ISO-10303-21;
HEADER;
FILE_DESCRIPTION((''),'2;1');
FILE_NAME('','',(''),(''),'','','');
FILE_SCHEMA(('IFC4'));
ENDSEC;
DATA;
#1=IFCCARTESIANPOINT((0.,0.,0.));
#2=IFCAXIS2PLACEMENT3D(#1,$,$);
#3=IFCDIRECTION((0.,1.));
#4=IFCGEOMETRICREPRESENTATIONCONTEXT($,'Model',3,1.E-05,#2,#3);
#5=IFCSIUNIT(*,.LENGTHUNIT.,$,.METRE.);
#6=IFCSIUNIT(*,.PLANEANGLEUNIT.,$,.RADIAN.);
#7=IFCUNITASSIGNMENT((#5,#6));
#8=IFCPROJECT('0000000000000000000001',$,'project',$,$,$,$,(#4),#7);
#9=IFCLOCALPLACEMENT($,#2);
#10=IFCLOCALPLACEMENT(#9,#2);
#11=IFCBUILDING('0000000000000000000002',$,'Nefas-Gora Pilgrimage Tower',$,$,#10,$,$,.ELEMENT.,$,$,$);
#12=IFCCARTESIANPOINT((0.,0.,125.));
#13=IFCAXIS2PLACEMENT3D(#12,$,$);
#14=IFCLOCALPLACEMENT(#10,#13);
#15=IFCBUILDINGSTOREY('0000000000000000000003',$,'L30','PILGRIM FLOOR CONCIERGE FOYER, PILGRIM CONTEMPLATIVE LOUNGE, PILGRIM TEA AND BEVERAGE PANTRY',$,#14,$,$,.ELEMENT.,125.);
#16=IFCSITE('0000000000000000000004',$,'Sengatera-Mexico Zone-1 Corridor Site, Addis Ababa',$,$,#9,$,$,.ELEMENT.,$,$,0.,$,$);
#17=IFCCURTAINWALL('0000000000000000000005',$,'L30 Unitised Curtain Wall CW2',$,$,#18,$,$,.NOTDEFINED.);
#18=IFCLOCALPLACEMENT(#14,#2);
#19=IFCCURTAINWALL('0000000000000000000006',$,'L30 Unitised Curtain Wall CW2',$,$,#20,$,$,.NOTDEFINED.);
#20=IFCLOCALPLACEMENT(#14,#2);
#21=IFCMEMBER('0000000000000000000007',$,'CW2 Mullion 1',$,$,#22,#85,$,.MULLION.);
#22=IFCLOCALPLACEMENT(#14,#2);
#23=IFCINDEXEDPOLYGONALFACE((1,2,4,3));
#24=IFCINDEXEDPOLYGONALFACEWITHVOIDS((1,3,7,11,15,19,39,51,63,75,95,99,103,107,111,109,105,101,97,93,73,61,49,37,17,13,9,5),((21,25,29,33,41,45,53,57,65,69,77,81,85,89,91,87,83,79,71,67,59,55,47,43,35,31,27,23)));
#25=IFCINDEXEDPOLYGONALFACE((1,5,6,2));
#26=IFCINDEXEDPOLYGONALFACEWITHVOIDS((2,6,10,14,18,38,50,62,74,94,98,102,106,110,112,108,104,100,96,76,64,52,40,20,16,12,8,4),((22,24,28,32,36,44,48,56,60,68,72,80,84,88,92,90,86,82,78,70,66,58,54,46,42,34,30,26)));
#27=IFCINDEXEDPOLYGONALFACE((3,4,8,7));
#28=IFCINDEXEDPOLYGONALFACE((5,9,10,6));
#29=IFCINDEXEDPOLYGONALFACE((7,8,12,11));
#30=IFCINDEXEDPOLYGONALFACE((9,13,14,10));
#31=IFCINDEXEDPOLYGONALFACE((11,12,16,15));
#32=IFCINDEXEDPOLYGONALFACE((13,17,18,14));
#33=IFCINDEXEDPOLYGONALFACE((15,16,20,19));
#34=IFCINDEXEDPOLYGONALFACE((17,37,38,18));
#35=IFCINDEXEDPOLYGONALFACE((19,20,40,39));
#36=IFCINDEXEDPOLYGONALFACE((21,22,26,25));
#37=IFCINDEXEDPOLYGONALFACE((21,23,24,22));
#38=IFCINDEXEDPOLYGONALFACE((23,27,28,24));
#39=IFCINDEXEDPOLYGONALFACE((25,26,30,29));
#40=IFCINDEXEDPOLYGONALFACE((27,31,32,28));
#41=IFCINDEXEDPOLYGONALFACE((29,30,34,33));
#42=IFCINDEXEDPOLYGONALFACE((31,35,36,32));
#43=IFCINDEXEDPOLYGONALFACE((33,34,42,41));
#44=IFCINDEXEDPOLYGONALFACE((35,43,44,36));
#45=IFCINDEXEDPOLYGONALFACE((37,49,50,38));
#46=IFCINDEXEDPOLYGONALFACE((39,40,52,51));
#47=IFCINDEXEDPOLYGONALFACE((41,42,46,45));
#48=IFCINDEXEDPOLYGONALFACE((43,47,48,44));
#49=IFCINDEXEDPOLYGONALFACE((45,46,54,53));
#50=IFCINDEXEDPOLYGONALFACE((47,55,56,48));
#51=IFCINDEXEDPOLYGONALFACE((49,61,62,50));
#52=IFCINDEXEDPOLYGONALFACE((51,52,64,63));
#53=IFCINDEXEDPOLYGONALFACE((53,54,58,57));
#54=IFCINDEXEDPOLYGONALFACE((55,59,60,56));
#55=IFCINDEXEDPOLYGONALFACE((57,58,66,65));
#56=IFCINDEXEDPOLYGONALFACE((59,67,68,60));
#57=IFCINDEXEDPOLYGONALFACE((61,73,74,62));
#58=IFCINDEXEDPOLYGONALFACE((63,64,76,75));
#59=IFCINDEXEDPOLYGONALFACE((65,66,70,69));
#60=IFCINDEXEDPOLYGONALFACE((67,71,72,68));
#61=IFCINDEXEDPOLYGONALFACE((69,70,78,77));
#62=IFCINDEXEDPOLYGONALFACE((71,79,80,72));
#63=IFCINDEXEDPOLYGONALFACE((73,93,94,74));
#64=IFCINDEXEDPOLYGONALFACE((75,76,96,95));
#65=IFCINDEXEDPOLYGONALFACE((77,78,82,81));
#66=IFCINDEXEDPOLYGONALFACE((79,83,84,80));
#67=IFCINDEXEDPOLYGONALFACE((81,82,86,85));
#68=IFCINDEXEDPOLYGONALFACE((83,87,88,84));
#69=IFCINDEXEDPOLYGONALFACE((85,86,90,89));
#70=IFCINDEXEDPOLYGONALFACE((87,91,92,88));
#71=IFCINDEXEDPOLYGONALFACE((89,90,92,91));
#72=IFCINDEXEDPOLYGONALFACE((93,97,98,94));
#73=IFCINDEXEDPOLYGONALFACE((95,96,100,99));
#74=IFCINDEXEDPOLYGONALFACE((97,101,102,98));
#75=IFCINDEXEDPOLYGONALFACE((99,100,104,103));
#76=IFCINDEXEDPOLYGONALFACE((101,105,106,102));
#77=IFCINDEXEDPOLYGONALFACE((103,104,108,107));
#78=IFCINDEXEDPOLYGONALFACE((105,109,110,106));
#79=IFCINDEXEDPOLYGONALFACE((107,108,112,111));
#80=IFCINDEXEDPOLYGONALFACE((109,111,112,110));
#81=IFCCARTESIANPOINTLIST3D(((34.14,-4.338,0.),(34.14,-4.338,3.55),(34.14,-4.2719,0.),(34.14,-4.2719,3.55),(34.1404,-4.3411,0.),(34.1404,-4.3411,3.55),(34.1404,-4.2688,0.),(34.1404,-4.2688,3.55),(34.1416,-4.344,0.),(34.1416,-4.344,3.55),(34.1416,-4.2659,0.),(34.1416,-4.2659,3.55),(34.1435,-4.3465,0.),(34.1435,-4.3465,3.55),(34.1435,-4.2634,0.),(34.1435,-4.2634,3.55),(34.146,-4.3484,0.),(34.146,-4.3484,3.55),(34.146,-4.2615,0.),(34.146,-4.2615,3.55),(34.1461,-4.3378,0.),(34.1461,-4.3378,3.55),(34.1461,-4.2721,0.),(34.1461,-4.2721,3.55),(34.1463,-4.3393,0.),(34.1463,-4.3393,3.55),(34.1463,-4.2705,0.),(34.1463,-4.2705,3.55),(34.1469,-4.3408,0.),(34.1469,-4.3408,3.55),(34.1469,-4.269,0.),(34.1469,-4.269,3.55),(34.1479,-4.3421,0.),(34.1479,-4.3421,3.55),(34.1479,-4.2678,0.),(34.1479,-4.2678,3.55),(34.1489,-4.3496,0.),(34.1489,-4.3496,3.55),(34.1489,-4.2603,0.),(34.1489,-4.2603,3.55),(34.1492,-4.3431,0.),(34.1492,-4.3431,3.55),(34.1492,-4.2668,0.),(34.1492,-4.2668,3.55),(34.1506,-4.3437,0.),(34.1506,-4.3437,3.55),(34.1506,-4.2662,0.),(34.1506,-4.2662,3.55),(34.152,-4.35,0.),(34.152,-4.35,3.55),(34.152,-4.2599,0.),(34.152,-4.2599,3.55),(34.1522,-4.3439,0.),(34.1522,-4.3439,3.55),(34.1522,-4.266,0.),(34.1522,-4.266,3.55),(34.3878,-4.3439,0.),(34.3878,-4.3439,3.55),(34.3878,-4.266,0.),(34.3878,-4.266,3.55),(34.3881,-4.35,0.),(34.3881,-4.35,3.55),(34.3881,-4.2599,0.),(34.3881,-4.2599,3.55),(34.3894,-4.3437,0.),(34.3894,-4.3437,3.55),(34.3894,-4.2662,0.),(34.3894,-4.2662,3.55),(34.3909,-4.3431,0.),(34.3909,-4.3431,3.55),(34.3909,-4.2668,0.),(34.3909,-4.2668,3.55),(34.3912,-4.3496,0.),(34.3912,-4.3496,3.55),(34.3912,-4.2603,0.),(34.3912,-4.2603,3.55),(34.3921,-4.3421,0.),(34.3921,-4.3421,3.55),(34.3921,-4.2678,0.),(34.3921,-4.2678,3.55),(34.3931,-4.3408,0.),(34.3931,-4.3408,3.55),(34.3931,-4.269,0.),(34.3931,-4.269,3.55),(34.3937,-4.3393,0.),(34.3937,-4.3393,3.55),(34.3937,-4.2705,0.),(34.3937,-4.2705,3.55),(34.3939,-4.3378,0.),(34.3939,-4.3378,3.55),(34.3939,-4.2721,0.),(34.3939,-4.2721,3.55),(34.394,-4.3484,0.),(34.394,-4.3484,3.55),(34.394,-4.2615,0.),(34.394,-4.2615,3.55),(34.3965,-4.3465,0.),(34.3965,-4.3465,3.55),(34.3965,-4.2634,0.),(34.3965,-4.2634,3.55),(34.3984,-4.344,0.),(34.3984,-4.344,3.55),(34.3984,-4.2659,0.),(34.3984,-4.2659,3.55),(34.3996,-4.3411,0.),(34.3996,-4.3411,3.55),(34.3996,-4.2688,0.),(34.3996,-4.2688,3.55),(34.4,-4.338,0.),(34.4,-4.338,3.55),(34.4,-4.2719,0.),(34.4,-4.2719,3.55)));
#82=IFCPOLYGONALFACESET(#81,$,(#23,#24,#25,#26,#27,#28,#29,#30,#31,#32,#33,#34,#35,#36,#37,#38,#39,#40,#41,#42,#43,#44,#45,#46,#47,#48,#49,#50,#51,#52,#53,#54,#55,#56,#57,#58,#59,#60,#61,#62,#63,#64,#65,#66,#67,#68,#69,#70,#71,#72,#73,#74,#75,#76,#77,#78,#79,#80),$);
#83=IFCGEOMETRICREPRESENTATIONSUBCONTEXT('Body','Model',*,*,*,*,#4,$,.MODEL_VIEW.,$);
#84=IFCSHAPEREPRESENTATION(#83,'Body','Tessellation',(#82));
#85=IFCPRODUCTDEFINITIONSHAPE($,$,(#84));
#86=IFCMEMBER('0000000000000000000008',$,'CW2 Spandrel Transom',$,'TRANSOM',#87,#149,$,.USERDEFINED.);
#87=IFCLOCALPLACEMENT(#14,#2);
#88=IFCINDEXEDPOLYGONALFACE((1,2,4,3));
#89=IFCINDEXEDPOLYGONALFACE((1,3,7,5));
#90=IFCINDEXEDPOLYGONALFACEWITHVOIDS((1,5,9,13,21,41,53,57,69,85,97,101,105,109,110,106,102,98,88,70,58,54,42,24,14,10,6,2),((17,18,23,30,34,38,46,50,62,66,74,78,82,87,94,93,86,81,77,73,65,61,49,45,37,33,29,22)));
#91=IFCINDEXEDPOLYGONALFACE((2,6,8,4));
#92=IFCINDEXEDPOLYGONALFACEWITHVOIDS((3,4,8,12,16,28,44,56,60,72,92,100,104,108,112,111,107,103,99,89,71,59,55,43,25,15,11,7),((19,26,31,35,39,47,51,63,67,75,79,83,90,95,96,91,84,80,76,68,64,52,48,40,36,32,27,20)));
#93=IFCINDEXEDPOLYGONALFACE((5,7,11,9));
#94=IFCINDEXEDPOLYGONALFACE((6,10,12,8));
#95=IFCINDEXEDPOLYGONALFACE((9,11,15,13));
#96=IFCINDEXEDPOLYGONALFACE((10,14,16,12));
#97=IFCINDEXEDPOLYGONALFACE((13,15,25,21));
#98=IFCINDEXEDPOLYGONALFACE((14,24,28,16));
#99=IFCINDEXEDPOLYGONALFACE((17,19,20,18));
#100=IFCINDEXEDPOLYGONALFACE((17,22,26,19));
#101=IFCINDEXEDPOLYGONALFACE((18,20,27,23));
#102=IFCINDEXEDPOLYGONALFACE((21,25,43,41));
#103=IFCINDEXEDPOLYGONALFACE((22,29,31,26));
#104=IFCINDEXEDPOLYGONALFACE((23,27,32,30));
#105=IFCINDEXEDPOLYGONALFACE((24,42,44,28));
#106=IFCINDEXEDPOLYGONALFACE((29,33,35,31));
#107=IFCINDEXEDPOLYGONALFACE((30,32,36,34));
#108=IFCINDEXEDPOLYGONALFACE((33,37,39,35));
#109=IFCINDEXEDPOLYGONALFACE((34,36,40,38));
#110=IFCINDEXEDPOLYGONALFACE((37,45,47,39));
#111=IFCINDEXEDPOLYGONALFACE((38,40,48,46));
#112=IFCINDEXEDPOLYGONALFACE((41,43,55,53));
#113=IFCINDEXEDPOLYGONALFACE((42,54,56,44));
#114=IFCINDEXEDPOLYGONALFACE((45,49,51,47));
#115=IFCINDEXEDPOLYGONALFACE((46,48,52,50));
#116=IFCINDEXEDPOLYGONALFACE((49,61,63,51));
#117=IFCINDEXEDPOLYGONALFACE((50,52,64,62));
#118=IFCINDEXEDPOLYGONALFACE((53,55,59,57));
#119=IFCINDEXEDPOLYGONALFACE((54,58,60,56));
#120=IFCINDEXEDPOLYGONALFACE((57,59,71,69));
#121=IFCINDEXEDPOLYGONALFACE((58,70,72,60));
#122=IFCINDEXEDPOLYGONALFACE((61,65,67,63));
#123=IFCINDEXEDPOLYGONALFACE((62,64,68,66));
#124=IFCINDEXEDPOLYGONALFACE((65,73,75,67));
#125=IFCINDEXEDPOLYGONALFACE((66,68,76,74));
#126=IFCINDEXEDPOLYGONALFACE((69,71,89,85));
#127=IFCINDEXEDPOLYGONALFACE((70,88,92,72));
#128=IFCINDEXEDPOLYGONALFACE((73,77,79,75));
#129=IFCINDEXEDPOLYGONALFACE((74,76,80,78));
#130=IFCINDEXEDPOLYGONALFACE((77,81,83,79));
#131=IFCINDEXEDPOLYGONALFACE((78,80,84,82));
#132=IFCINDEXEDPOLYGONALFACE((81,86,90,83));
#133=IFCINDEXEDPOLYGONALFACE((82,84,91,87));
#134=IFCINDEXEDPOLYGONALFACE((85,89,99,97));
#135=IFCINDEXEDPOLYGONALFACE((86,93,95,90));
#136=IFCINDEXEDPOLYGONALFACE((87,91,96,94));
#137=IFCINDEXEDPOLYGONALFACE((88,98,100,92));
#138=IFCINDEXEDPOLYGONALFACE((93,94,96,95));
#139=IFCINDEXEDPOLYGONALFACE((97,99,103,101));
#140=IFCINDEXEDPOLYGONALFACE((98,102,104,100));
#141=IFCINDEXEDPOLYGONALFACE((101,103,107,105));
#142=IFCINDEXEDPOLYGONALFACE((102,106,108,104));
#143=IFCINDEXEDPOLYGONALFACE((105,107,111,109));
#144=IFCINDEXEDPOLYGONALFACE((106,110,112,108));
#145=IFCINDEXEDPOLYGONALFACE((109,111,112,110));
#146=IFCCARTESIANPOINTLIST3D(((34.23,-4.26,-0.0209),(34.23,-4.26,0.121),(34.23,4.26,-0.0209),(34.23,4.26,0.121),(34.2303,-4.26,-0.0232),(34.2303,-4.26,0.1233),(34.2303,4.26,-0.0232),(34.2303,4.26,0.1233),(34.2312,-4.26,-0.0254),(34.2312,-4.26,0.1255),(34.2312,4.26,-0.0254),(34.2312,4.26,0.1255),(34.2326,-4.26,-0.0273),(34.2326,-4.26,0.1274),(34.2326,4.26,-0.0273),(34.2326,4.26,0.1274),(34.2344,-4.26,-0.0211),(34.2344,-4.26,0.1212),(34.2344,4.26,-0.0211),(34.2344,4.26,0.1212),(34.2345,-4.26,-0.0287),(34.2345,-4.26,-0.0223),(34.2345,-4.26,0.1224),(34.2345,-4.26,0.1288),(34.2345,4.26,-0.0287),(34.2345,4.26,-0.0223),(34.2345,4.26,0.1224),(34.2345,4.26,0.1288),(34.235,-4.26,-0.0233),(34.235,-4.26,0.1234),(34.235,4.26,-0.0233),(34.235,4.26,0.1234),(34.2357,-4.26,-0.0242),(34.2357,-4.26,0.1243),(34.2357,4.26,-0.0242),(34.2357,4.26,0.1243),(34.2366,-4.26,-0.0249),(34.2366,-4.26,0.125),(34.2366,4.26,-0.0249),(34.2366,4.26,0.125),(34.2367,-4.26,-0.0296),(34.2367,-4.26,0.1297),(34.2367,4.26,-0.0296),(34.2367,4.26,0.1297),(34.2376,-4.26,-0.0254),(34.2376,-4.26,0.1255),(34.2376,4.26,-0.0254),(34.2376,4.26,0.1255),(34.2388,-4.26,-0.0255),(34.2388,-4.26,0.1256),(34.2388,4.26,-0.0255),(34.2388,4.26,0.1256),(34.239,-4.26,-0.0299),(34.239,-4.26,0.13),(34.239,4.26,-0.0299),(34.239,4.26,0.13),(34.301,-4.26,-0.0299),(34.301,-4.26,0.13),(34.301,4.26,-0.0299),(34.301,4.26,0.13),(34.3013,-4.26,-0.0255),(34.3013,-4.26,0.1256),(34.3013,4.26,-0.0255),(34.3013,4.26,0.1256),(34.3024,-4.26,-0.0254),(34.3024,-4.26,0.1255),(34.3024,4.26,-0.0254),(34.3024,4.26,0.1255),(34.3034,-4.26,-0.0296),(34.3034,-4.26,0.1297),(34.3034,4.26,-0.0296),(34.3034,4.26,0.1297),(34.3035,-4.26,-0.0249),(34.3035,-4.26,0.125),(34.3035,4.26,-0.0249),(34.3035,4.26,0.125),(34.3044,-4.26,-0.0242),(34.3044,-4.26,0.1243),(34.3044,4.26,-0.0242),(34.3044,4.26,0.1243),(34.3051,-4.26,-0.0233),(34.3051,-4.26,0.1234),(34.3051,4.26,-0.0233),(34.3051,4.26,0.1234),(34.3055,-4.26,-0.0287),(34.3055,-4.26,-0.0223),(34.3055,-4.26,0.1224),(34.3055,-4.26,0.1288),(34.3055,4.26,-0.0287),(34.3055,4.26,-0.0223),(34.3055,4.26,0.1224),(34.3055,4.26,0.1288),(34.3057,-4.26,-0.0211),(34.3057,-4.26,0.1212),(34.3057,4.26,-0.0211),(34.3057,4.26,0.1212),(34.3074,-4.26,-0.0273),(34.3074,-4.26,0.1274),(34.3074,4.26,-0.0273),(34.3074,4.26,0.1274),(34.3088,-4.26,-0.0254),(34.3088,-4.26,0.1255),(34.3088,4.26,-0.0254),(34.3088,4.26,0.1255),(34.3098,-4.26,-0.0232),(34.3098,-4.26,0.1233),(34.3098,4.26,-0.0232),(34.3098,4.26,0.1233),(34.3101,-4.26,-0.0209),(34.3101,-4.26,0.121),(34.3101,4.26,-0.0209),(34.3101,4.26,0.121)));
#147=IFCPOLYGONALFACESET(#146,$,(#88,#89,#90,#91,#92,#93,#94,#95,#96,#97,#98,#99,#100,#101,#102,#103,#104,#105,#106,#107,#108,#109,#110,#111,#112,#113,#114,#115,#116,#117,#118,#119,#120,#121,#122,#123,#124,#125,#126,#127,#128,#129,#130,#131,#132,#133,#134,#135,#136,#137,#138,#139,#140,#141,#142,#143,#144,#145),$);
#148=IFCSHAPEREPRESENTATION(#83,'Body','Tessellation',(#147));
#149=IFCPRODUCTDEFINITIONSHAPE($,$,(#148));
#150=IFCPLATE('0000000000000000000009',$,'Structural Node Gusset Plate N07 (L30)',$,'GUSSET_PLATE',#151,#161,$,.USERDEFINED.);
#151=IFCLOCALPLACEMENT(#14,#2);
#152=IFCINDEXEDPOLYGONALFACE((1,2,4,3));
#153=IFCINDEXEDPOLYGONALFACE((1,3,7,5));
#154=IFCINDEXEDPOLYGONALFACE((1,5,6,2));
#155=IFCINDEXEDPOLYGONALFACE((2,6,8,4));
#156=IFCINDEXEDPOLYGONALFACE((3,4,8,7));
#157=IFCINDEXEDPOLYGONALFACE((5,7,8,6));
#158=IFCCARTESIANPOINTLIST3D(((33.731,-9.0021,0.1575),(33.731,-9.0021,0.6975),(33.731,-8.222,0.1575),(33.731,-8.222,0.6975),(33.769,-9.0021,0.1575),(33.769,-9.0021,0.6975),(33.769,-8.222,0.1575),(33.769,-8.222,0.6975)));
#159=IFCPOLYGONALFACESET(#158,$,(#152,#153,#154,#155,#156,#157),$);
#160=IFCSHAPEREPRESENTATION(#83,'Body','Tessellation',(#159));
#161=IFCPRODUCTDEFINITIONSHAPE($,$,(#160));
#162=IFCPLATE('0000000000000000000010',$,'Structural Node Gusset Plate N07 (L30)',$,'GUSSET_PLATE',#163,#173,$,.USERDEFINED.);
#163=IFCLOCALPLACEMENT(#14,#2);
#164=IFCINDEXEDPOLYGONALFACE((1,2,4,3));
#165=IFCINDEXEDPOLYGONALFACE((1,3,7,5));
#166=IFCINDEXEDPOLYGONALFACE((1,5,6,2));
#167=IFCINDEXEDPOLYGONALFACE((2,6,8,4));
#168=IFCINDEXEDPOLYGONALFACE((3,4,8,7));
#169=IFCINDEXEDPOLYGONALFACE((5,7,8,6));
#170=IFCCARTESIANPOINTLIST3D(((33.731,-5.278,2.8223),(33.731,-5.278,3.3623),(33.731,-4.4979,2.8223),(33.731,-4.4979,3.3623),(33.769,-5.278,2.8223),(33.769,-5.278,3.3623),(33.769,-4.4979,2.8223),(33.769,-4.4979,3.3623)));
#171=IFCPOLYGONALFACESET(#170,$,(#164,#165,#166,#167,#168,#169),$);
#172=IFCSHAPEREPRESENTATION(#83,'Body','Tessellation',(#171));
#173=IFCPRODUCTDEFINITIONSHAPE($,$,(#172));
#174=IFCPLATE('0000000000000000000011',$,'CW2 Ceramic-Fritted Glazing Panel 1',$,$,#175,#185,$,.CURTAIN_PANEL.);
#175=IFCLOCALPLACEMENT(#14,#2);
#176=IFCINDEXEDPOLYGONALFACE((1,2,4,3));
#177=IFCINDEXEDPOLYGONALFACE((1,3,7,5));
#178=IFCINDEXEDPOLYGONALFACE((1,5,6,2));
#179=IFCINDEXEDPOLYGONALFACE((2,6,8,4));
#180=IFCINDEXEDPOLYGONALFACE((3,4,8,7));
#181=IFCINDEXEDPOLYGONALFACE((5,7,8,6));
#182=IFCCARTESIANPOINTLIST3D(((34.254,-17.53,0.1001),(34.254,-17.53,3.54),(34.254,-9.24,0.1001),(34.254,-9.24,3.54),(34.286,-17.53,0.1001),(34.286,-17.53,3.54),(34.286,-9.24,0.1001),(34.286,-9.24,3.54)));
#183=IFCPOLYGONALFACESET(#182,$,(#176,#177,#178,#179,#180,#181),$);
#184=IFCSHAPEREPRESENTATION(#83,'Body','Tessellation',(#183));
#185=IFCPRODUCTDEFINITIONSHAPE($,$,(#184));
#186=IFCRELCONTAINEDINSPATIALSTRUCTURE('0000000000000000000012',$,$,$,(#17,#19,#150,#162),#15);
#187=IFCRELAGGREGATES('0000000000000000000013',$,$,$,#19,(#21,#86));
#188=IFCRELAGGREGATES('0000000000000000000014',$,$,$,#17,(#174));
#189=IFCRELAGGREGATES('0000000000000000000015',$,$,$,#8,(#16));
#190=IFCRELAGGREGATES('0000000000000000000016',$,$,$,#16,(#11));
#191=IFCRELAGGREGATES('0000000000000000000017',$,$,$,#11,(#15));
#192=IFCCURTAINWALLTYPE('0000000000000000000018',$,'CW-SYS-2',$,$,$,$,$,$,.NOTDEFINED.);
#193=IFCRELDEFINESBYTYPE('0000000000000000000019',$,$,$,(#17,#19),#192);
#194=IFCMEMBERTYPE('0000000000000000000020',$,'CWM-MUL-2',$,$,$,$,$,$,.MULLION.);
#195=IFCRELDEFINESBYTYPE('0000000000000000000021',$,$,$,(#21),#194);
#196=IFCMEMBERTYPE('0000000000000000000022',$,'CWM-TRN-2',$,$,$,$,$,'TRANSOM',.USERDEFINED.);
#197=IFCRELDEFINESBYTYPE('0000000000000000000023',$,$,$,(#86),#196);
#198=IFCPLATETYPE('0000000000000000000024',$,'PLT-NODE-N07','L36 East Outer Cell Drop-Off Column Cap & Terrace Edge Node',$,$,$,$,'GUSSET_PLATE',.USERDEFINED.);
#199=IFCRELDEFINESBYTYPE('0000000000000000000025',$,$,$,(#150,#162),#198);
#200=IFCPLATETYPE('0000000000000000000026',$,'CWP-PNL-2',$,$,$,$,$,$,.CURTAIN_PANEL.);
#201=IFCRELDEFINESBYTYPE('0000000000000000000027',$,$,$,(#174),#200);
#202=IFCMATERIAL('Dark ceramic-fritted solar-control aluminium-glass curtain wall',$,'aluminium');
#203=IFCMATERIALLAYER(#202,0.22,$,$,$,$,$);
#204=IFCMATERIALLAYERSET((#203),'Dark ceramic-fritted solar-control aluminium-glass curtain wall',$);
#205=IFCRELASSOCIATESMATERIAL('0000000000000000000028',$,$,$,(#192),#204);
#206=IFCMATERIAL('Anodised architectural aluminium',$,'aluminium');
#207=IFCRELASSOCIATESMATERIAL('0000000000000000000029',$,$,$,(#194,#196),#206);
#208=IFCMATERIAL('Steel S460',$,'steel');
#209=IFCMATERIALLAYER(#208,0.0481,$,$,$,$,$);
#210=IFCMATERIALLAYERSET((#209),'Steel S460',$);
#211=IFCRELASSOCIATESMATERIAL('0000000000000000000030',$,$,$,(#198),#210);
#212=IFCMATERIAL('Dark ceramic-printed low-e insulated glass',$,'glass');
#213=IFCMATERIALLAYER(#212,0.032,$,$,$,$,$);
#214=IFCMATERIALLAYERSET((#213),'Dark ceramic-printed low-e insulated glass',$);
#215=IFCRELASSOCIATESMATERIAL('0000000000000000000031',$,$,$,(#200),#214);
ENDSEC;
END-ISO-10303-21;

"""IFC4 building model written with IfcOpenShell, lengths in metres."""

from ifc_helpers import new_model, si_unit, direction, frame, origin, origin_2d, place, context, subcontext, project, spatial, rectangle, hollow_rectangle, extrude, source, transform, mapped, material, layer, layer_set, material_profile, profile_set, type_object, element, aggregate, save


model = new_model("IFC4")

# Units and contexts
model_context = context("Model", 3, precision=1e-05, world=origin(), true_north=direction((0.0, 1.0)))
body_context = subcontext(model_context, "Body", "Model", "MODEL_VIEW")
ifc_project = project(units=[si_unit("LENGTHUNIT", "METRE"), si_unit("PLANEANGLEUNIT", "RADIAN")], contexts=[model_context])

# Site, building, storey
site_placement = place(None, origin())
site = spatial("IfcSite", under=ifc_project, at=site_placement, Name="Sengatera-Mexico Zone-1 Corridor Site, Addis Ababa", CompositionType="ELEMENT", RefElevation=0.0)
building_placement = place(site_placement, origin())
building = spatial("IfcBuilding", under=site, at=building_placement, Name="Nefas-Gora Pilgrimage Tower", CompositionType="ELEMENT")
storey_placement = place(building_placement, frame((0.0, 0.0, 125.0)))
storey = spatial("IfcBuildingStorey", under=building, at=storey_placement, Name="L30", Description="PILGRIM FLOOR CONCIERGE FOYER, PILGRIM CONTEMPLATIVE LOUNGE, PILGRIM TEA AND BEVERAGE PANTRY", CompositionType="ELEMENT", Elevation=125.0)

# Shared definitions
ifc_material_1 = material(Name="Steel S460", Category="steel")

# Curtain wall
ifc_material_2 = material(Name="Dark ceramic-fritted solar-control aluminium-glass curtain wall", Category="aluminium")
ifc_layer_1 = layer(ifc_material_2, 0.22)
ifc_layer_set_1 = layer_set([ifc_layer_1], Name="Dark ceramic-fritted solar-control aluminium-glass curtain wall")
curtain_wall_type = type_object("IfcCurtainWallType", Name="CW-SYS-2", PredefinedType="NOTDEFINED", material=ifc_layer_set_1)
curtain_wall_1_placement = place(storey_placement, origin())
curtain_wall_1 = element("IfcCurtainWall", 1, at=curtain_wall_1_placement, inside=storey, type_object=curtain_wall_type, Name="L30 Unitised Curtain Wall CW2", PredefinedType="NOTDEFINED")
ifc_material_3 = material(Name="Anodised architectural aluminium", Category="aluminium")
ifc_material_profile_1 = material_profile(ifc_material_3, hollow_rectangle(XDim=0.0901, YDim=0.26, WallThickness=0.0061, InnerFilletRadius=0.0061, OuterFilletRadius=0.012, at=origin_2d()), Name="ALU MULLION 90x260")
ifc_profile_set_1 = profile_set([ifc_material_profile_1], Name="Anodised architectural aluminium")
member_type_1 = type_object("IfcMemberType", Name="CWM-MUL-2", PredefinedType="MULLION", material=ifc_profile_set_1)
shared_shape_1 = source(origin(), body_context, "Body", "SweptSolid", [
    extrude(hollow_rectangle(XDim=0.0901, YDim=0.26, WallThickness=0.0061, InnerFilletRadius=0.0061, OuterFilletRadius=0.012, at=origin_2d()), origin(), (0.0, 0.0, 1.0), 3.55),
])

# Curtain wall, members
curtain_wall_2_placement = place(storey_placement, origin())
curtain_wall_2 = element("IfcCurtainWall", 2, at=curtain_wall_2_placement, inside=storey, type_object=curtain_wall_type, Name="L30 Unitised Curtain Wall CW2", PredefinedType="NOTDEFINED")
member_1_placement = place(storey_placement, frame((34.27, -4.3049, 0.0), z_axis=(0.0, 0.0, 1.0), x_axis=(0.0, 1.0, 0.0)))
member_1 = element("IfcMember", 3, at=member_1_placement, type_object=member_type_1, Name="CW2 Mullion 1", PredefinedType="MULLION", context=body_context, shape_type="MappedRepresentation", body=[
    mapped(shared_shape_1, transform((0.0, 0.0, 0.0), x_axis=(1.0, 0.0, 0.0), y_axis=(0.0, 1.0, 0.0), z_axis=(0.0, 0.0, 1.0), scale=1.0)),
])
ifc_material_profile_2 = material_profile(ifc_material_3, hollow_rectangle(XDim=0.0801, YDim=0.1599, WallThickness=0.0044, InnerFilletRadius=0.0044, OuterFilletRadius=0.009, at=origin_2d()), Name="ALU TRANSOM 80x160")
ifc_profile_set_2 = profile_set([ifc_material_profile_2], Name="Anodised architectural aluminium")
member_type_2 = type_object("IfcMemberType", Name="CWM-TRN-2", ElementType="TRANSOM", PredefinedType="USERDEFINED", material=ifc_profile_set_2)
shared_shape_2 = source(origin(), body_context, "Body", "SweptSolid", [
    extrude(hollow_rectangle(XDim=0.0801, YDim=0.1599, WallThickness=0.0044, InnerFilletRadius=0.0044, OuterFilletRadius=0.009, at=origin_2d()), origin(), (0.0, 0.0, 1.0), 8.52),
])
member_2_placement = place(storey_placement, frame((34.27, -4.26, 0.05), z_axis=(0.0, 1.0, 0.0), x_axis=(-1.0, 0.0, 0.0)))
member_2 = element("IfcMember", 4, at=member_2_placement, type_object=member_type_2, Name="CW2 Spandrel Transom", ObjectType="TRANSOM", PredefinedType="USERDEFINED", context=body_context, shape_type="MappedRepresentation", body=[
    mapped(shared_shape_2, transform((0.0, 0.0, 0.0), x_axis=(1.0, 0.0, 0.0), y_axis=(0.0, 1.0, 0.0), z_axis=(0.0, 0.0, 1.0), scale=1.0)),
])
aggregate(curtain_wall_2, [member_1, member_2])

# Plates
ifc_layer_2 = layer(ifc_material_1, 0.0481)
ifc_layer_set_2 = layer_set([ifc_layer_2], Name="Steel S460")
plate_type_1 = type_object("IfcPlateType", Name="PLT-NODE-N07", Description="L36 East Outer Cell Drop-Off Column Cap & Terrace Edge Node", ElementType="GUSSET_PLATE", PredefinedType="USERDEFINED", material=ifc_layer_set_2)
shared_shape_3 = source(origin(), body_context, "Body", "SweptSolid", [
    extrude(rectangle(XDim=0.78, YDim=0.0381, at=origin_2d()), origin(), (0.0, 0.0, 1.0), 0.54),
])
for number, where, z_axis, x_axis, name in (
    (5, (33.75, -8.6121, 0.1575), (0.0, 0.0, 1.0), (0.0, 1.0, 0.0), "Structural Node Gusset Plate N07 (L30)"),
    (6, (33.75, -4.8879, 2.8223), (0.0, 0.0, 1.0), (0.0, 1.0, 0.0), "Structural Node Gusset Plate N07 (L30)"),
):
    element("IfcPlate", number, at=place(storey_placement, frame(where, z_axis=z_axis, x_axis=x_axis)), inside=storey, type_object=plate_type_1, Name=name, ObjectType="GUSSET_PLATE", PredefinedType="USERDEFINED", context=body_context, shape_type="MappedRepresentation", body=[
        mapped(shared_shape_3, transform((0.0, 0.0, 0.0), x_axis=(1.0, 0.0, 0.0), y_axis=(0.0, 1.0, 0.0), z_axis=(0.0, 0.0, 1.0), scale=1.0)),
    ])

# Plate
ifc_material_4 = material(Name="Dark ceramic-printed low-e insulated glass", Category="glass")
ifc_layer_3 = layer(ifc_material_4, 0.032)
ifc_layer_set_3 = layer_set([ifc_layer_3], Name="Dark ceramic-printed low-e insulated glass")
plate_type_2 = type_object("IfcPlateType", Name="CWP-PNL-2", PredefinedType="CURTAIN_PANEL", material=ifc_layer_set_3)
shared_shape_4 = source(origin(), body_context, "Body", "SweptSolid", [
    extrude(rectangle(XDim=8.29, YDim=0.032, at=origin_2d()), origin(), (0.0, 0.0, 1.0), 3.4399),
])
plate_placement = place(storey_placement, frame((34.27, -13.385, 0.1001), z_axis=(0.0, 0.0, 1.0), x_axis=(0.0, 1.0, 0.0)))
plate = element("IfcPlate", 7, at=plate_placement, type_object=plate_type_2, Name="CW2 Ceramic-Fritted Glazing Panel 1", PredefinedType="CURTAIN_PANEL", context=body_context, shape_type="MappedRepresentation", body=[
    mapped(shared_shape_4, transform((0.0, 0.0, 0.0), x_axis=(1.0, 0.0, 0.0), y_axis=(0.0, 1.0, 0.0), z_axis=(0.0, 0.0, 1.0), scale=1.0)),
])
aggregate(curtain_wall_1, [plate])

save(model, "model.ifc")
